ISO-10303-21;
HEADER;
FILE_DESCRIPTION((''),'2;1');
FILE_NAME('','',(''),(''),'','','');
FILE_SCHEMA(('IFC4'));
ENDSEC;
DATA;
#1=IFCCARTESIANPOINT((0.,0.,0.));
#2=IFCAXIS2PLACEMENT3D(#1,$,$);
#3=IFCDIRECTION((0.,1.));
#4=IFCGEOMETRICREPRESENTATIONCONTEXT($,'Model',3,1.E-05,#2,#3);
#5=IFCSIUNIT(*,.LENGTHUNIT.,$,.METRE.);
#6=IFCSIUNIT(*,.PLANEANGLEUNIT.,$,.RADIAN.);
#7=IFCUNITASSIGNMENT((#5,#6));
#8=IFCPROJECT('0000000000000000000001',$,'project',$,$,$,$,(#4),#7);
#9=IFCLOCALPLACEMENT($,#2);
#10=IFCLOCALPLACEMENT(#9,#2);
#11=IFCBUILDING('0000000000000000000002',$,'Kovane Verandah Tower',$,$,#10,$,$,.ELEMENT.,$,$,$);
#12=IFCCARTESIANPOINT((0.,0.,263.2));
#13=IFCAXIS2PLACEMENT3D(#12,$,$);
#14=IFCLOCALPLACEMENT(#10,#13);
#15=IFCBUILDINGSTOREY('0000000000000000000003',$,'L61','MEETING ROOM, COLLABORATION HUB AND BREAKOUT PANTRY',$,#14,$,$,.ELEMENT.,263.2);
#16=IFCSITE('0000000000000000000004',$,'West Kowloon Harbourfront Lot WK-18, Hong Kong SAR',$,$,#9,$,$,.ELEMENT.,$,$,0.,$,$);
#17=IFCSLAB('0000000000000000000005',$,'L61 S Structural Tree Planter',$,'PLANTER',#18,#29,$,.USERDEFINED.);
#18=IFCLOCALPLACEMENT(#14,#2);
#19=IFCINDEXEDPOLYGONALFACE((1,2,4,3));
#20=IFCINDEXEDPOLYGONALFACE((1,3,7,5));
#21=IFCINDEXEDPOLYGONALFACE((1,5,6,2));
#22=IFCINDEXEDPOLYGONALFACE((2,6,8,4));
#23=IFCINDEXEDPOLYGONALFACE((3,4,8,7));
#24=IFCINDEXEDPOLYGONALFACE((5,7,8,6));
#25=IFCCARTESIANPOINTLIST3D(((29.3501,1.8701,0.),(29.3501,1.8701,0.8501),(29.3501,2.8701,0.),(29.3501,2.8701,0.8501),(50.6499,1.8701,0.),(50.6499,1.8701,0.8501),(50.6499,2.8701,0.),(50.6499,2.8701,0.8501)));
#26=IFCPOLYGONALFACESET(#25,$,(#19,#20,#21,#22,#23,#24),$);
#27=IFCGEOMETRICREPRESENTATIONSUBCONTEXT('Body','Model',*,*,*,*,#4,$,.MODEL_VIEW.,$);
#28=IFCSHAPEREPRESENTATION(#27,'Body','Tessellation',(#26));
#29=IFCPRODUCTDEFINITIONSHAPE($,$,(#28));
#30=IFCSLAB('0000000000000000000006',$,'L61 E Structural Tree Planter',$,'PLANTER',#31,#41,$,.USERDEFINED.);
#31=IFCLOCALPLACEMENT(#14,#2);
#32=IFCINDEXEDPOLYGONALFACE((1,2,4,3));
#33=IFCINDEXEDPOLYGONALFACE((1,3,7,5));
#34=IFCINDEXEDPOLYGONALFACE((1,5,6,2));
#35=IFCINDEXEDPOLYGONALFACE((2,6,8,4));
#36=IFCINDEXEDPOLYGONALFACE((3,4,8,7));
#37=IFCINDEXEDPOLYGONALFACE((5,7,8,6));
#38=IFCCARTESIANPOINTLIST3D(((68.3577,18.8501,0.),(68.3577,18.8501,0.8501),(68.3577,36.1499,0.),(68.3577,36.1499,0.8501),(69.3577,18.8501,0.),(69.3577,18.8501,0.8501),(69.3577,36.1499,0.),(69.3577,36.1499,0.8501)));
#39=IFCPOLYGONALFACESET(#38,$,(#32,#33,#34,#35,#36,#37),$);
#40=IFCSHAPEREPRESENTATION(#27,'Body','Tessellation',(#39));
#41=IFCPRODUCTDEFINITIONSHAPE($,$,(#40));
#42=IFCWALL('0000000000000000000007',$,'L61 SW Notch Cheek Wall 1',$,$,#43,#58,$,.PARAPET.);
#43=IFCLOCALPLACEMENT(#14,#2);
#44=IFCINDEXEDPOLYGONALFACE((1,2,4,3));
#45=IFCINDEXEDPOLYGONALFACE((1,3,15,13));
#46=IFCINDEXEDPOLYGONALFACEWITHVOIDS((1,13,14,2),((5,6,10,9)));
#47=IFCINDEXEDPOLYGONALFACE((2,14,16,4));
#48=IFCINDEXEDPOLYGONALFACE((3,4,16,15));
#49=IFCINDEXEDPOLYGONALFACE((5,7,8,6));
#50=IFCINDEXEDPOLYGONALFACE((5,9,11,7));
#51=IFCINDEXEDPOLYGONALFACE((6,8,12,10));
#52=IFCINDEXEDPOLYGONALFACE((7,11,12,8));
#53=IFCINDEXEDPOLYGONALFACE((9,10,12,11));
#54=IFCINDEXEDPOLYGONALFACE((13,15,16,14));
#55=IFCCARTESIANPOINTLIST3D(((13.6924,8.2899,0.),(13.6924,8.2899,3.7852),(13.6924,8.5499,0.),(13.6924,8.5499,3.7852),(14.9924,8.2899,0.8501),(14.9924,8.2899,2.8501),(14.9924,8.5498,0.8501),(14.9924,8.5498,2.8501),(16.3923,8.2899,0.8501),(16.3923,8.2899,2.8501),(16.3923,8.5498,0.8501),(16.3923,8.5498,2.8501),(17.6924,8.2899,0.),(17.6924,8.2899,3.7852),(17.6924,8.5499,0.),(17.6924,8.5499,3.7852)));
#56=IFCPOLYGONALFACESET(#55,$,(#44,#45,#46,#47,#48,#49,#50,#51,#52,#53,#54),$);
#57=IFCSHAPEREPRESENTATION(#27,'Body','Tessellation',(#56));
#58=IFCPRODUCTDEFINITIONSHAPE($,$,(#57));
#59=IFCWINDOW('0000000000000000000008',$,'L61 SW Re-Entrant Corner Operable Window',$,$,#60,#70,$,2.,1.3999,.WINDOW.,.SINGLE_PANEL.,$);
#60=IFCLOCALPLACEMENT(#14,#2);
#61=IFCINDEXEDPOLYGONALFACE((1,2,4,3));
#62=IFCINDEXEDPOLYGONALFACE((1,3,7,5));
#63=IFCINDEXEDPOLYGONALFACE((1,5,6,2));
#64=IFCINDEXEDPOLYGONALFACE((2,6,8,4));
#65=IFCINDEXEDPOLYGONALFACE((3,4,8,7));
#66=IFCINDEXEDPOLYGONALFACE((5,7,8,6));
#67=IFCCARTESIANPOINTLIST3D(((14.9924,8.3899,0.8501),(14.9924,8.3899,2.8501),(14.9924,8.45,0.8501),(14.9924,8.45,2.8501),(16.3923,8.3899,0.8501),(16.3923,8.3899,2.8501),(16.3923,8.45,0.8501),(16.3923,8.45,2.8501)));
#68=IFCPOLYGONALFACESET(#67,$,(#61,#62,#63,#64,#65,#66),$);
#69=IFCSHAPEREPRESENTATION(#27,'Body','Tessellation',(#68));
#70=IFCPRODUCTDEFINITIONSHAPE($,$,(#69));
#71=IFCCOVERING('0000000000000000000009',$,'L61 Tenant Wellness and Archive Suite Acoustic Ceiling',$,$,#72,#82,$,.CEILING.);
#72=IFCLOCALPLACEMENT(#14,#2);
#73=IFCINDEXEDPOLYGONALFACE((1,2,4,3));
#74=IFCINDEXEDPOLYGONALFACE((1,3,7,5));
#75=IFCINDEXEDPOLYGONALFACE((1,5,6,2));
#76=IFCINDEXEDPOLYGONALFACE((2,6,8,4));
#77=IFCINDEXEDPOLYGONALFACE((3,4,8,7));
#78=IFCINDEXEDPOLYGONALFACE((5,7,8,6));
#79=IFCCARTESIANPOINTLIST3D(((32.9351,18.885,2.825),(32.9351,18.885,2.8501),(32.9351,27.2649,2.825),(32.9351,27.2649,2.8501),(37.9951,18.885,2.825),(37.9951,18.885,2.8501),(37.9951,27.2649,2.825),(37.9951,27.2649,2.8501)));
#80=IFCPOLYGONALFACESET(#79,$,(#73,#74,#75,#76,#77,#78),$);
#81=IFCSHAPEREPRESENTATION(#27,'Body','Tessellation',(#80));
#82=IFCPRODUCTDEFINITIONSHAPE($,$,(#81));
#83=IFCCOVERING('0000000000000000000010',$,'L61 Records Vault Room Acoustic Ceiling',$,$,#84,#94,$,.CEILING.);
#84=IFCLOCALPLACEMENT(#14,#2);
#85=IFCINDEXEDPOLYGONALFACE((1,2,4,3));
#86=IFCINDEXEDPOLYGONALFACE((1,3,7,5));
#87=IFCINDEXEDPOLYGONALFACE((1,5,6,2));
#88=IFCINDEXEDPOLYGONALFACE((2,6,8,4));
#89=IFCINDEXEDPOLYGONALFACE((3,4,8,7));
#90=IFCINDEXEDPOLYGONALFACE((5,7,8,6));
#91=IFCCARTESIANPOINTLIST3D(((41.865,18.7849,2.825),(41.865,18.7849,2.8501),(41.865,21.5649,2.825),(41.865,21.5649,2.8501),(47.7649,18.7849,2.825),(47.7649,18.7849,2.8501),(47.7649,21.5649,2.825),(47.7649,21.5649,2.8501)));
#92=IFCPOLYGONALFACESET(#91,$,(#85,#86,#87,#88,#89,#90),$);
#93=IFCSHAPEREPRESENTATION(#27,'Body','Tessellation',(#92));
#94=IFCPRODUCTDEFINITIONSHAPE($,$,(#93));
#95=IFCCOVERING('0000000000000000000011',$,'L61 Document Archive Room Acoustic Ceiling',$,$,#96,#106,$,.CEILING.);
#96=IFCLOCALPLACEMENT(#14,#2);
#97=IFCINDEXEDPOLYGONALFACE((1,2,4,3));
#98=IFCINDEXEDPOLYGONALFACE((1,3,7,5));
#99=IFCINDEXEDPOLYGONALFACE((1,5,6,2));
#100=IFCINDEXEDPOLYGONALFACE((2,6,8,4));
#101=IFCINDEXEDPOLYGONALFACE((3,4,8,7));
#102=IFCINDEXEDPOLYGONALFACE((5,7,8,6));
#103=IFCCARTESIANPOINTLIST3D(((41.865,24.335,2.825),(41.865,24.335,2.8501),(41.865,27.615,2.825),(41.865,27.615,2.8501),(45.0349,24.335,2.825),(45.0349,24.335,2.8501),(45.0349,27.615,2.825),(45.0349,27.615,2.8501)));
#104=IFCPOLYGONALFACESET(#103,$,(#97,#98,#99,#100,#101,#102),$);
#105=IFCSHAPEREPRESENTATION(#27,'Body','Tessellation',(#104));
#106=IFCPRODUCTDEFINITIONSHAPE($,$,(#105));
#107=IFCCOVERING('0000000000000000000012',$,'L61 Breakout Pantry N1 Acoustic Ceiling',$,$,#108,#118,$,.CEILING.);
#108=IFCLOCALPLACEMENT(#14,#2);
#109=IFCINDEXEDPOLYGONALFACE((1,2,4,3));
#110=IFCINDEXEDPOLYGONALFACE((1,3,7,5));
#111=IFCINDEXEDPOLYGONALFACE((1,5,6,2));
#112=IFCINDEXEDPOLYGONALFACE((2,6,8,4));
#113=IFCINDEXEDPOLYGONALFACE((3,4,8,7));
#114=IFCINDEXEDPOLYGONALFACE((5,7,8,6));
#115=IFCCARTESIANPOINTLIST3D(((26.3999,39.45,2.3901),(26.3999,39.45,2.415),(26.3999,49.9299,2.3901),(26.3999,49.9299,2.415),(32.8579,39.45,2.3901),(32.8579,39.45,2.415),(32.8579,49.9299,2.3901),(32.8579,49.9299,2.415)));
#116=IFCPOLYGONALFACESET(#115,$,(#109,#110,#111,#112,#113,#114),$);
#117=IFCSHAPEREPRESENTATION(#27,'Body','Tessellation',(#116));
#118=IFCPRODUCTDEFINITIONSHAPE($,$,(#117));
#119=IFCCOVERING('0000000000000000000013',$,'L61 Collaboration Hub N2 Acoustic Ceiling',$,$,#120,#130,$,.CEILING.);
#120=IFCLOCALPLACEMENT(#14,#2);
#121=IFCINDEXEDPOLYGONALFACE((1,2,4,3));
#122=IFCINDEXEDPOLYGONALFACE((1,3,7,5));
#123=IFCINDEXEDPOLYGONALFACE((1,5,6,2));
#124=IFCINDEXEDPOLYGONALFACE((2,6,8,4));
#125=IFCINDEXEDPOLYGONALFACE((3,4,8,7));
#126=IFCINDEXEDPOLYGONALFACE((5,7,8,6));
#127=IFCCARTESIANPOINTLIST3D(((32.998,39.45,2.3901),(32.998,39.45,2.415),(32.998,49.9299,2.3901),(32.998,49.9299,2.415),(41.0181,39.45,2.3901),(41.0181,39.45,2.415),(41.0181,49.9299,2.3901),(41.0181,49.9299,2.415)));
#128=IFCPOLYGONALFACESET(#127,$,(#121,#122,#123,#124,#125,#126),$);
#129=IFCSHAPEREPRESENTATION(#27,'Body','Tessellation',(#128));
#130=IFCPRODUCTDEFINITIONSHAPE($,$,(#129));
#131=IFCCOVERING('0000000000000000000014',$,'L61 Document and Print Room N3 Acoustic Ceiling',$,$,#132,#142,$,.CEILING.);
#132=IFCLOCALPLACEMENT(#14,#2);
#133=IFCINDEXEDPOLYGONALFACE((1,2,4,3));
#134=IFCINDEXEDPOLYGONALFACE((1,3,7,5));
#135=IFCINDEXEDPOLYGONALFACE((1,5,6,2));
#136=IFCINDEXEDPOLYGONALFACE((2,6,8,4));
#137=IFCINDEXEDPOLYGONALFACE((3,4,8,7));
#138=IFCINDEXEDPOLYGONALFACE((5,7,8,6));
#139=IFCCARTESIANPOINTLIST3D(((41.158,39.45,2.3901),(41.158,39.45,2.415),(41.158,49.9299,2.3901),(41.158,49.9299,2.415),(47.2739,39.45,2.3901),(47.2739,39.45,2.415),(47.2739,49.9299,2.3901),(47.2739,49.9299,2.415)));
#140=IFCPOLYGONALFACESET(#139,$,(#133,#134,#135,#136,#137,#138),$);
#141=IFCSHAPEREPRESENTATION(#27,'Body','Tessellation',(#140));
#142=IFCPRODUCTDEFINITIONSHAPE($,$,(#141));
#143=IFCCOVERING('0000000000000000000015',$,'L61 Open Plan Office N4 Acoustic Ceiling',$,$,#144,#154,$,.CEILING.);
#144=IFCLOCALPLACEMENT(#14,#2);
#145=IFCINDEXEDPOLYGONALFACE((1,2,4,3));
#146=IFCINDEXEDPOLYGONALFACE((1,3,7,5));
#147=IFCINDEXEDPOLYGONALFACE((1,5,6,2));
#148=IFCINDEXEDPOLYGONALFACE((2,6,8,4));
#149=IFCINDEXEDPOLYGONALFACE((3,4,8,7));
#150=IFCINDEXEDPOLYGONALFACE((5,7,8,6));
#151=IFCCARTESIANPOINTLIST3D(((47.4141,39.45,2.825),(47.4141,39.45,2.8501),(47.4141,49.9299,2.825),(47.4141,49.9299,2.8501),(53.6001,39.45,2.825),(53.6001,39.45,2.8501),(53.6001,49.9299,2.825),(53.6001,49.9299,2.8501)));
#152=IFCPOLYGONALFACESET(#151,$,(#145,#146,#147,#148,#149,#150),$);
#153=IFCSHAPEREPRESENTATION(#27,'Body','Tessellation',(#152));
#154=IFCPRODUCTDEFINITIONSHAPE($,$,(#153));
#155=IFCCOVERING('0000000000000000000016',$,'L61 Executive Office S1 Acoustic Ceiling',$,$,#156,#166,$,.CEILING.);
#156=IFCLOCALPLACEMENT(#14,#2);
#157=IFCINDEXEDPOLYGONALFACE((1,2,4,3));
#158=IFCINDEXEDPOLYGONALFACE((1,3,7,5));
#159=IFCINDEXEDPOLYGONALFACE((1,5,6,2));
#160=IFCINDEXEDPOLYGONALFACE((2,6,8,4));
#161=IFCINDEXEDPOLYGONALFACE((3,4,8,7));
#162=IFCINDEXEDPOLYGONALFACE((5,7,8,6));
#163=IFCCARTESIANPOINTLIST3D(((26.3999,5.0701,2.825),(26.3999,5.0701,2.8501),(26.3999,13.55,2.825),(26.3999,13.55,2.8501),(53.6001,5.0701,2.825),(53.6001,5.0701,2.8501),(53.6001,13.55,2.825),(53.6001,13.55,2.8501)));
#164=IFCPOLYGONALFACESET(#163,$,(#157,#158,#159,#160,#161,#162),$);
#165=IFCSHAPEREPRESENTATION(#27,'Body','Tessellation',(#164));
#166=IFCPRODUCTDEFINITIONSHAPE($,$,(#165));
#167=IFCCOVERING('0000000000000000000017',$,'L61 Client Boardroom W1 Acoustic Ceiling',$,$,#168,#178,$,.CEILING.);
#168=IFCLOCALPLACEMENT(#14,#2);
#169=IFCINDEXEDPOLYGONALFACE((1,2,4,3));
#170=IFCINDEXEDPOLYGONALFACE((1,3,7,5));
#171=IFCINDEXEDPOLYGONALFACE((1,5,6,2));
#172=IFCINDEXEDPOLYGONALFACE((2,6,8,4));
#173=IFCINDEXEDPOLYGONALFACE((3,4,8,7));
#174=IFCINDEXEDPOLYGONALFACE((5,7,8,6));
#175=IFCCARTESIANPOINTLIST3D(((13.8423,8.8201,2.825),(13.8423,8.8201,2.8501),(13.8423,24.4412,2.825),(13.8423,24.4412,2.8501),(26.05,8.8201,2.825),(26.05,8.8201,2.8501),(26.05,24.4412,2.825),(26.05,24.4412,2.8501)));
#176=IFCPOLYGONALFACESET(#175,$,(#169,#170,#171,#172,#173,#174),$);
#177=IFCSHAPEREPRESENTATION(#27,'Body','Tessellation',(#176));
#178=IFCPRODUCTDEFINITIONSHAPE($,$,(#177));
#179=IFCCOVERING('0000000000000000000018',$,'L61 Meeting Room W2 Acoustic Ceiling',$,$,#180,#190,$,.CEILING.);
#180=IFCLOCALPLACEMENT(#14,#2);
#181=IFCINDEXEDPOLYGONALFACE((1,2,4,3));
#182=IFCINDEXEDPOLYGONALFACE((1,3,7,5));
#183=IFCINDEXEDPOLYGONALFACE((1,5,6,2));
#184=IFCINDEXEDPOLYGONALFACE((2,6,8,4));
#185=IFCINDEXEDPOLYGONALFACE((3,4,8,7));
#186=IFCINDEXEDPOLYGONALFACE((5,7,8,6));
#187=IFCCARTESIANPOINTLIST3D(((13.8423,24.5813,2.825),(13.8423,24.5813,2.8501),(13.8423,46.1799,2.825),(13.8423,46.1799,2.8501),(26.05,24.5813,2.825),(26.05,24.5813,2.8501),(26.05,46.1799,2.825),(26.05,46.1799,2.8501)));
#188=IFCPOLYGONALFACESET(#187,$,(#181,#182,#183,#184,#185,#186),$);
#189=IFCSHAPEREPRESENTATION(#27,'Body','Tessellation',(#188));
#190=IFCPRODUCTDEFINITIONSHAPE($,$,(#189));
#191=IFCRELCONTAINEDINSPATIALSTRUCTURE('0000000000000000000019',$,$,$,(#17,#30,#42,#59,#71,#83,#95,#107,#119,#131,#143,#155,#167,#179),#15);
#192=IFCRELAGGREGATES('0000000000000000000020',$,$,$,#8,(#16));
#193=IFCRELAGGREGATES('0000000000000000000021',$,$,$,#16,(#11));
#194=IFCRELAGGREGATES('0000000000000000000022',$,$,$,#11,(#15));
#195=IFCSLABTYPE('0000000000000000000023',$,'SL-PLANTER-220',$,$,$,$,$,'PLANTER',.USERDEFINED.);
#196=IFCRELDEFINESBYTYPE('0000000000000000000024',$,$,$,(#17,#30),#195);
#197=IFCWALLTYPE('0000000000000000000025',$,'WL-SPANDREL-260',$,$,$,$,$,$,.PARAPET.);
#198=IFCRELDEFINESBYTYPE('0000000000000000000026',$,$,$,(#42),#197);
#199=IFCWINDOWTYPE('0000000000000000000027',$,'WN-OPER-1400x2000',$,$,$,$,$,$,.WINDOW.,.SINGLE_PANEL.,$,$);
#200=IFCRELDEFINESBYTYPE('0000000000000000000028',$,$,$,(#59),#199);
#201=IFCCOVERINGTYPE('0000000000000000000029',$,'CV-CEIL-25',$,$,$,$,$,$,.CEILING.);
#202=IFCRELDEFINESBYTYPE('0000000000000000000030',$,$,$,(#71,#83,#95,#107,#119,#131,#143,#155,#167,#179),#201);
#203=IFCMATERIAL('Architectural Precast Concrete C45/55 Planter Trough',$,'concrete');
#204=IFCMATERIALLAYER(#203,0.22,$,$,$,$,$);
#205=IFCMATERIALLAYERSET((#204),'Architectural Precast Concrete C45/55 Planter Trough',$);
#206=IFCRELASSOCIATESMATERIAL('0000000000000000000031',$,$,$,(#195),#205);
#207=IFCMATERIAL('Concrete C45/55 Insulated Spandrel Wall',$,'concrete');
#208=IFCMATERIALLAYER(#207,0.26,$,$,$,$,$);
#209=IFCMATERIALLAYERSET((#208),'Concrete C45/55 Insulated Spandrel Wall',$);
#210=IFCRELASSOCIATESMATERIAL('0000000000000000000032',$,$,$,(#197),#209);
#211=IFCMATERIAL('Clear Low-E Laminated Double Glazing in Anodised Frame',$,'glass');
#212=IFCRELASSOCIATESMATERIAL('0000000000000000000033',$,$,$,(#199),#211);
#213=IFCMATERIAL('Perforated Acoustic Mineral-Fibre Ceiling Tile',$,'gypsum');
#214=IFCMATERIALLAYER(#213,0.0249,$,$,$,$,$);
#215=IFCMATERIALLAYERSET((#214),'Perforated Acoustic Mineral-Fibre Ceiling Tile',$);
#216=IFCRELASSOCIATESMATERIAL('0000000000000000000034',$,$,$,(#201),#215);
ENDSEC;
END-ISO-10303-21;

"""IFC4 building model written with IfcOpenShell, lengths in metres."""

from ifc_helpers import new_model, si_unit, direction, frame, frame_2d, origin, place, context, subcontext, project, spatial, polyline, rectangle, outline, extrude, material, layer, layer_set, type_object, element, fill, save


model = new_model("IFC4")

# Units and contexts
model_context = context("Model", 3, precision=1e-05, world=origin(), true_north=direction((0.0, 1.0)))
body_context = subcontext(model_context, "Body", "Model", "MODEL_VIEW")
ifc_project = project(units=[si_unit("LENGTHUNIT", "METRE"), si_unit("PLANEANGLEUNIT", "RADIAN")], contexts=[model_context])

# Site, building, storey
site_placement = place(None, origin())
site = spatial("IfcSite", under=ifc_project, at=site_placement, Name="West Kowloon Harbourfront Lot WK-18, Hong Kong SAR", CompositionType="ELEMENT", RefElevation=0.0)
building_placement = place(site_placement, origin())
building = spatial("IfcBuilding", under=site, at=building_placement, Name="Kovane Verandah Tower", CompositionType="ELEMENT")
storey_placement = place(building_placement, frame((0.0, 0.0, 263.2)))
storey = spatial("IfcBuildingStorey", under=building, at=storey_placement, Name="L61", Description="MEETING ROOM, COLLABORATION HUB AND BREAKOUT PANTRY", CompositionType="ELEMENT", Elevation=263.2)

# Slabs
ifc_material_1 = material(Name="Architectural Precast Concrete C45/55 Planter Trough", Category="concrete")
ifc_layer_1 = layer(ifc_material_1, 0.22)
ifc_layer_set_1 = layer_set([ifc_layer_1], Name="Architectural Precast Concrete C45/55 Planter Trough")
slab_type_1 = type_object("IfcSlabType", Name="SL-PLANTER-220", ElementType="PLANTER", PredefinedType="USERDEFINED", material=ifc_layer_set_1)
slab_1_placement = place(storey_placement, origin())
element("IfcSlab", 1, at=slab_1_placement, inside=storey, type_object=slab_type_1, Name="L61 S Structural Tree Planter", ObjectType="PLANTER", PredefinedType="USERDEFINED", context=body_context, shape_type="SweptSolid", body=[
    extrude(outline(polyline([(29.3501, 1.8701), (50.6499, 1.8701), (50.6499, 2.8701), (29.3501, 2.8701), (29.3501, 1.8701)])), origin(), (0.0, 0.0, 1.0), 0.8501),
])
slab_2_placement = place(storey_placement, origin())
element("IfcSlab", 2, at=slab_2_placement, inside=storey, type_object=slab_type_1, Name="L61 E Structural Tree Planter", ObjectType="PLANTER", PredefinedType="USERDEFINED", context=body_context, shape_type="SweptSolid", body=[
    extrude(outline(polyline([(68.3577, 18.8501), (69.3577, 18.8501), (69.3577, 36.1499), (68.3577, 36.1499), (68.3577, 18.8501)])), origin(), (0.0, 0.0, 1.0), 0.8501),
])

# Wall, opening, window
ifc_material_2 = material(Name="Concrete C45/55 Insulated Spandrel Wall", Category="concrete")
ifc_layer_2 = layer(ifc_material_2, 0.26)
ifc_layer_set_2 = layer_set([ifc_layer_2], Name="Concrete C45/55 Insulated Spandrel Wall")
wall_type = type_object("IfcWallType", Name="WL-SPANDREL-260", PredefinedType="PARAPET", material=ifc_layer_set_2)
wall_placement = place(storey_placement, frame((13.6924, 8.4199, 0.0), z_axis=(0.0, 0.0, 1.0), x_axis=(1.0, 0.0, 0.0)))
wall = element("IfcWall", 3, at=wall_placement, inside=storey, type_object=wall_type, Name="L61 SW Notch Cheek Wall 1", PredefinedType="PARAPET", context=body_context, shape_type="SweptSolid", body=[
    extrude(rectangle(XDim=4.0, YDim=0.26, at=frame_2d((2.0, 0.0))), origin(), (0.0, 0.0, 1.0), 3.7852),
])
opening_placement = place(wall_placement, frame((1.3, 0.0, 0.8501)))
opening = element("IfcOpeningElement", 4, at=opening_placement, cuts=wall, PredefinedType="OPENING", context=body_context, shape_type="SweptSolid", body=[
    extrude(rectangle(XDim=1.3999, YDim=2.0, at=frame_2d((0.7, 1.0))), frame((0.0, 0.1299, 0.0), z_axis=(0.0, -1.0, 0.0), x_axis=(1.0, 0.0, 0.0)), (0.0, 0.0, 1.0), 0.26),
])
ifc_material_3 = material(Name="Clear Low-E Laminated Double Glazing in Anodised Frame", Category="glass")
window_type = type_object("IfcWindowType", Name="WN-OPER-1400x2000", PartitioningType="SINGLE_PANEL", PredefinedType="WINDOW", material=ifc_material_3)
window_placement = place(opening_placement, origin())
window = element("IfcWindow", 5, at=window_placement, inside=storey, type_object=window_type, Name="L61 SW Re-Entrant Corner Operable Window", OverallHeight=2.0, OverallWidth=1.3999, PartitioningType="SINGLE_PANEL", PredefinedType="WINDOW", context=body_context, shape_type="SweptSolid", body=[
    extrude(rectangle(XDim=1.3999, YDim=2.0, at=frame_2d((0.7, 1.0))), frame((0.0, 0.03, 0.0), z_axis=(0.0, -1.0, 0.0), x_axis=(1.0, 0.0, 0.0)), (0.0, 0.0, 1.0), 0.0601),
])
fill(opening, window)

# Coverings
ifc_material_4 = material(Name="Perforated Acoustic Mineral-Fibre Ceiling Tile", Category="gypsum")
ifc_layer_3 = layer(ifc_material_4, 0.0249)
ifc_layer_set_3 = layer_set([ifc_layer_3], Name="Perforated Acoustic Mineral-Fibre Ceiling Tile")
covering_type_1 = type_object("IfcCoveringType", Name="CV-CEIL-25", PredefinedType="CEILING", material=ifc_layer_set_3)
covering_1_placement = place(storey_placement, frame((0.0, 0.0, 2.825)))
element("IfcCovering", 6, at=covering_1_placement, inside=storey, type_object=covering_type_1, Name="L61 Tenant Wellness and Archive Suite Acoustic Ceiling", PredefinedType="CEILING", context=body_context, shape_type="SweptSolid", body=[
    extrude(outline(polyline([(32.9351, 18.885), (37.9951, 18.885), (37.9951, 27.2649), (32.9351, 27.2649), (32.9351, 18.885)])), origin(), (0.0, 0.0, 1.0), 0.0251),
])
covering_2_placement = place(storey_placement, frame((0.0, 0.0, 2.825)))
element("IfcCovering", 7, at=covering_2_placement, inside=storey, type_object=covering_type_1, Name="L61 Records Vault Room Acoustic Ceiling", PredefinedType="CEILING", context=body_context, shape_type="SweptSolid", body=[
    extrude(outline(polyline([(41.865, 18.7849), (47.7649, 18.7849), (47.7649, 21.5649), (41.865, 21.5649), (41.865, 18.7849)])), origin(), (0.0, 0.0, 1.0), 0.0251),
])
covering_3_placement = place(storey_placement, frame((0.0, 0.0, 2.825)))
element("IfcCovering", 8, at=covering_3_placement, inside=storey, type_object=covering_type_1, Name="L61 Document Archive Room Acoustic Ceiling", PredefinedType="CEILING", context=body_context, shape_type="SweptSolid", body=[
    extrude(outline(polyline([(41.865, 24.335), (45.0349, 24.335), (45.0349, 27.615), (41.865, 27.615), (41.865, 24.335)])), origin(), (0.0, 0.0, 1.0), 0.0251),
])
covering_4_placement = place(storey_placement, frame((0.0, 0.0, 2.3901)))
element("IfcCovering", 9, at=covering_4_placement, inside=storey, type_object=covering_type_1, Name="L61 Breakout Pantry N1 Acoustic Ceiling", PredefinedType="CEILING", context=body_context, shape_type="SweptSolid", body=[
    extrude(outline(polyline([(26.3999, 39.45), (32.8579, 39.45), (32.8579, 49.9299), (26.3999, 49.9299), (26.3999, 39.45)])), origin(), (0.0, 0.0, 1.0), 0.0249),
])
covering_5_placement = place(storey_placement, frame((0.0, 0.0, 2.3901)))
element("IfcCovering", 10, at=covering_5_placement, inside=storey, type_object=covering_type_1, Name="L61 Collaboration Hub N2 Acoustic Ceiling", PredefinedType="CEILING", context=body_context, shape_type="SweptSolid", body=[
    extrude(outline(polyline([(32.998, 39.45), (41.0181, 39.45), (41.0181, 49.9299), (32.998, 49.9299), (32.998, 39.45)])), origin(), (0.0, 0.0, 1.0), 0.0249),
])
covering_6_placement = place(storey_placement, frame((0.0, 0.0, 2.3901)))
element("IfcCovering", 11, at=covering_6_placement, inside=storey, type_object=covering_type_1, Name="L61 Document and Print Room N3 Acoustic Ceiling", PredefinedType="CEILING", context=body_context, shape_type="SweptSolid", body=[
    extrude(outline(polyline([(41.158, 39.45), (47.2739, 39.45), (47.2739, 49.9299), (41.158, 49.9299), (41.158, 39.45)])), origin(), (0.0, 0.0, 1.0), 0.0249),
])
covering_7_placement = place(storey_placement, frame((0.0, 0.0, 2.825)))
element("IfcCovering", 12, at=covering_7_placement, inside=storey, type_object=covering_type_1, Name="L61 Open Plan Office N4 Acoustic Ceiling", PredefinedType="CEILING", context=body_context, shape_type="SweptSolid", body=[
    extrude(outline(polyline([(47.4141, 39.45), (53.6001, 39.45), (53.6001, 49.9299), (47.4141, 49.9299), (47.4141, 39.45)])), origin(), (0.0, 0.0, 1.0), 0.0251),
])
covering_8_placement = place(storey_placement, frame((0.0, 0.0, 2.825)))
element("IfcCovering", 13, at=covering_8_placement, inside=storey, type_object=covering_type_1, Name="L61 Executive Office S1 Acoustic Ceiling", PredefinedType="CEILING", context=body_context, shape_type="SweptSolid", body=[
    extrude(outline(polyline([(26.3999, 5.0701), (53.6001, 5.0701), (53.6001, 13.55), (26.3999, 13.55), (26.3999, 5.0701)])), origin(), (0.0, 0.0, 1.0), 0.0251),
])
covering_9_placement = place(storey_placement, frame((0.0, 0.0, 2.825)))
element("IfcCovering", 14, at=covering_9_placement, inside=storey, type_object=covering_type_1, Name="L61 Client Boardroom W1 Acoustic Ceiling", PredefinedType="CEILING", context=body_context, shape_type="SweptSolid", body=[
    extrude(outline(polyline([(13.8423, 8.8201), (26.05, 8.8201), (26.05, 24.4412), (13.8423, 24.4412), (13.8423, 8.8201)])), origin(), (0.0, 0.0, 1.0), 0.0251),
])
covering_10_placement = place(storey_placement, frame((0.0, 0.0, 2.825)))
element("IfcCovering", 15, at=covering_10_placement, inside=storey, type_object=covering_type_1, Name="L61 Meeting Room W2 Acoustic Ceiling", PredefinedType="CEILING", context=body_context, shape_type="SweptSolid", body=[
    extrude(outline(polyline([(13.8423, 24.5813), (26.05, 24.5813), (26.05, 46.1799), (13.8423, 46.1799), (13.8423, 24.5813)])), origin(), (0.0, 0.0, 1.0), 0.0251),
])

save(model, "model.ifc")
